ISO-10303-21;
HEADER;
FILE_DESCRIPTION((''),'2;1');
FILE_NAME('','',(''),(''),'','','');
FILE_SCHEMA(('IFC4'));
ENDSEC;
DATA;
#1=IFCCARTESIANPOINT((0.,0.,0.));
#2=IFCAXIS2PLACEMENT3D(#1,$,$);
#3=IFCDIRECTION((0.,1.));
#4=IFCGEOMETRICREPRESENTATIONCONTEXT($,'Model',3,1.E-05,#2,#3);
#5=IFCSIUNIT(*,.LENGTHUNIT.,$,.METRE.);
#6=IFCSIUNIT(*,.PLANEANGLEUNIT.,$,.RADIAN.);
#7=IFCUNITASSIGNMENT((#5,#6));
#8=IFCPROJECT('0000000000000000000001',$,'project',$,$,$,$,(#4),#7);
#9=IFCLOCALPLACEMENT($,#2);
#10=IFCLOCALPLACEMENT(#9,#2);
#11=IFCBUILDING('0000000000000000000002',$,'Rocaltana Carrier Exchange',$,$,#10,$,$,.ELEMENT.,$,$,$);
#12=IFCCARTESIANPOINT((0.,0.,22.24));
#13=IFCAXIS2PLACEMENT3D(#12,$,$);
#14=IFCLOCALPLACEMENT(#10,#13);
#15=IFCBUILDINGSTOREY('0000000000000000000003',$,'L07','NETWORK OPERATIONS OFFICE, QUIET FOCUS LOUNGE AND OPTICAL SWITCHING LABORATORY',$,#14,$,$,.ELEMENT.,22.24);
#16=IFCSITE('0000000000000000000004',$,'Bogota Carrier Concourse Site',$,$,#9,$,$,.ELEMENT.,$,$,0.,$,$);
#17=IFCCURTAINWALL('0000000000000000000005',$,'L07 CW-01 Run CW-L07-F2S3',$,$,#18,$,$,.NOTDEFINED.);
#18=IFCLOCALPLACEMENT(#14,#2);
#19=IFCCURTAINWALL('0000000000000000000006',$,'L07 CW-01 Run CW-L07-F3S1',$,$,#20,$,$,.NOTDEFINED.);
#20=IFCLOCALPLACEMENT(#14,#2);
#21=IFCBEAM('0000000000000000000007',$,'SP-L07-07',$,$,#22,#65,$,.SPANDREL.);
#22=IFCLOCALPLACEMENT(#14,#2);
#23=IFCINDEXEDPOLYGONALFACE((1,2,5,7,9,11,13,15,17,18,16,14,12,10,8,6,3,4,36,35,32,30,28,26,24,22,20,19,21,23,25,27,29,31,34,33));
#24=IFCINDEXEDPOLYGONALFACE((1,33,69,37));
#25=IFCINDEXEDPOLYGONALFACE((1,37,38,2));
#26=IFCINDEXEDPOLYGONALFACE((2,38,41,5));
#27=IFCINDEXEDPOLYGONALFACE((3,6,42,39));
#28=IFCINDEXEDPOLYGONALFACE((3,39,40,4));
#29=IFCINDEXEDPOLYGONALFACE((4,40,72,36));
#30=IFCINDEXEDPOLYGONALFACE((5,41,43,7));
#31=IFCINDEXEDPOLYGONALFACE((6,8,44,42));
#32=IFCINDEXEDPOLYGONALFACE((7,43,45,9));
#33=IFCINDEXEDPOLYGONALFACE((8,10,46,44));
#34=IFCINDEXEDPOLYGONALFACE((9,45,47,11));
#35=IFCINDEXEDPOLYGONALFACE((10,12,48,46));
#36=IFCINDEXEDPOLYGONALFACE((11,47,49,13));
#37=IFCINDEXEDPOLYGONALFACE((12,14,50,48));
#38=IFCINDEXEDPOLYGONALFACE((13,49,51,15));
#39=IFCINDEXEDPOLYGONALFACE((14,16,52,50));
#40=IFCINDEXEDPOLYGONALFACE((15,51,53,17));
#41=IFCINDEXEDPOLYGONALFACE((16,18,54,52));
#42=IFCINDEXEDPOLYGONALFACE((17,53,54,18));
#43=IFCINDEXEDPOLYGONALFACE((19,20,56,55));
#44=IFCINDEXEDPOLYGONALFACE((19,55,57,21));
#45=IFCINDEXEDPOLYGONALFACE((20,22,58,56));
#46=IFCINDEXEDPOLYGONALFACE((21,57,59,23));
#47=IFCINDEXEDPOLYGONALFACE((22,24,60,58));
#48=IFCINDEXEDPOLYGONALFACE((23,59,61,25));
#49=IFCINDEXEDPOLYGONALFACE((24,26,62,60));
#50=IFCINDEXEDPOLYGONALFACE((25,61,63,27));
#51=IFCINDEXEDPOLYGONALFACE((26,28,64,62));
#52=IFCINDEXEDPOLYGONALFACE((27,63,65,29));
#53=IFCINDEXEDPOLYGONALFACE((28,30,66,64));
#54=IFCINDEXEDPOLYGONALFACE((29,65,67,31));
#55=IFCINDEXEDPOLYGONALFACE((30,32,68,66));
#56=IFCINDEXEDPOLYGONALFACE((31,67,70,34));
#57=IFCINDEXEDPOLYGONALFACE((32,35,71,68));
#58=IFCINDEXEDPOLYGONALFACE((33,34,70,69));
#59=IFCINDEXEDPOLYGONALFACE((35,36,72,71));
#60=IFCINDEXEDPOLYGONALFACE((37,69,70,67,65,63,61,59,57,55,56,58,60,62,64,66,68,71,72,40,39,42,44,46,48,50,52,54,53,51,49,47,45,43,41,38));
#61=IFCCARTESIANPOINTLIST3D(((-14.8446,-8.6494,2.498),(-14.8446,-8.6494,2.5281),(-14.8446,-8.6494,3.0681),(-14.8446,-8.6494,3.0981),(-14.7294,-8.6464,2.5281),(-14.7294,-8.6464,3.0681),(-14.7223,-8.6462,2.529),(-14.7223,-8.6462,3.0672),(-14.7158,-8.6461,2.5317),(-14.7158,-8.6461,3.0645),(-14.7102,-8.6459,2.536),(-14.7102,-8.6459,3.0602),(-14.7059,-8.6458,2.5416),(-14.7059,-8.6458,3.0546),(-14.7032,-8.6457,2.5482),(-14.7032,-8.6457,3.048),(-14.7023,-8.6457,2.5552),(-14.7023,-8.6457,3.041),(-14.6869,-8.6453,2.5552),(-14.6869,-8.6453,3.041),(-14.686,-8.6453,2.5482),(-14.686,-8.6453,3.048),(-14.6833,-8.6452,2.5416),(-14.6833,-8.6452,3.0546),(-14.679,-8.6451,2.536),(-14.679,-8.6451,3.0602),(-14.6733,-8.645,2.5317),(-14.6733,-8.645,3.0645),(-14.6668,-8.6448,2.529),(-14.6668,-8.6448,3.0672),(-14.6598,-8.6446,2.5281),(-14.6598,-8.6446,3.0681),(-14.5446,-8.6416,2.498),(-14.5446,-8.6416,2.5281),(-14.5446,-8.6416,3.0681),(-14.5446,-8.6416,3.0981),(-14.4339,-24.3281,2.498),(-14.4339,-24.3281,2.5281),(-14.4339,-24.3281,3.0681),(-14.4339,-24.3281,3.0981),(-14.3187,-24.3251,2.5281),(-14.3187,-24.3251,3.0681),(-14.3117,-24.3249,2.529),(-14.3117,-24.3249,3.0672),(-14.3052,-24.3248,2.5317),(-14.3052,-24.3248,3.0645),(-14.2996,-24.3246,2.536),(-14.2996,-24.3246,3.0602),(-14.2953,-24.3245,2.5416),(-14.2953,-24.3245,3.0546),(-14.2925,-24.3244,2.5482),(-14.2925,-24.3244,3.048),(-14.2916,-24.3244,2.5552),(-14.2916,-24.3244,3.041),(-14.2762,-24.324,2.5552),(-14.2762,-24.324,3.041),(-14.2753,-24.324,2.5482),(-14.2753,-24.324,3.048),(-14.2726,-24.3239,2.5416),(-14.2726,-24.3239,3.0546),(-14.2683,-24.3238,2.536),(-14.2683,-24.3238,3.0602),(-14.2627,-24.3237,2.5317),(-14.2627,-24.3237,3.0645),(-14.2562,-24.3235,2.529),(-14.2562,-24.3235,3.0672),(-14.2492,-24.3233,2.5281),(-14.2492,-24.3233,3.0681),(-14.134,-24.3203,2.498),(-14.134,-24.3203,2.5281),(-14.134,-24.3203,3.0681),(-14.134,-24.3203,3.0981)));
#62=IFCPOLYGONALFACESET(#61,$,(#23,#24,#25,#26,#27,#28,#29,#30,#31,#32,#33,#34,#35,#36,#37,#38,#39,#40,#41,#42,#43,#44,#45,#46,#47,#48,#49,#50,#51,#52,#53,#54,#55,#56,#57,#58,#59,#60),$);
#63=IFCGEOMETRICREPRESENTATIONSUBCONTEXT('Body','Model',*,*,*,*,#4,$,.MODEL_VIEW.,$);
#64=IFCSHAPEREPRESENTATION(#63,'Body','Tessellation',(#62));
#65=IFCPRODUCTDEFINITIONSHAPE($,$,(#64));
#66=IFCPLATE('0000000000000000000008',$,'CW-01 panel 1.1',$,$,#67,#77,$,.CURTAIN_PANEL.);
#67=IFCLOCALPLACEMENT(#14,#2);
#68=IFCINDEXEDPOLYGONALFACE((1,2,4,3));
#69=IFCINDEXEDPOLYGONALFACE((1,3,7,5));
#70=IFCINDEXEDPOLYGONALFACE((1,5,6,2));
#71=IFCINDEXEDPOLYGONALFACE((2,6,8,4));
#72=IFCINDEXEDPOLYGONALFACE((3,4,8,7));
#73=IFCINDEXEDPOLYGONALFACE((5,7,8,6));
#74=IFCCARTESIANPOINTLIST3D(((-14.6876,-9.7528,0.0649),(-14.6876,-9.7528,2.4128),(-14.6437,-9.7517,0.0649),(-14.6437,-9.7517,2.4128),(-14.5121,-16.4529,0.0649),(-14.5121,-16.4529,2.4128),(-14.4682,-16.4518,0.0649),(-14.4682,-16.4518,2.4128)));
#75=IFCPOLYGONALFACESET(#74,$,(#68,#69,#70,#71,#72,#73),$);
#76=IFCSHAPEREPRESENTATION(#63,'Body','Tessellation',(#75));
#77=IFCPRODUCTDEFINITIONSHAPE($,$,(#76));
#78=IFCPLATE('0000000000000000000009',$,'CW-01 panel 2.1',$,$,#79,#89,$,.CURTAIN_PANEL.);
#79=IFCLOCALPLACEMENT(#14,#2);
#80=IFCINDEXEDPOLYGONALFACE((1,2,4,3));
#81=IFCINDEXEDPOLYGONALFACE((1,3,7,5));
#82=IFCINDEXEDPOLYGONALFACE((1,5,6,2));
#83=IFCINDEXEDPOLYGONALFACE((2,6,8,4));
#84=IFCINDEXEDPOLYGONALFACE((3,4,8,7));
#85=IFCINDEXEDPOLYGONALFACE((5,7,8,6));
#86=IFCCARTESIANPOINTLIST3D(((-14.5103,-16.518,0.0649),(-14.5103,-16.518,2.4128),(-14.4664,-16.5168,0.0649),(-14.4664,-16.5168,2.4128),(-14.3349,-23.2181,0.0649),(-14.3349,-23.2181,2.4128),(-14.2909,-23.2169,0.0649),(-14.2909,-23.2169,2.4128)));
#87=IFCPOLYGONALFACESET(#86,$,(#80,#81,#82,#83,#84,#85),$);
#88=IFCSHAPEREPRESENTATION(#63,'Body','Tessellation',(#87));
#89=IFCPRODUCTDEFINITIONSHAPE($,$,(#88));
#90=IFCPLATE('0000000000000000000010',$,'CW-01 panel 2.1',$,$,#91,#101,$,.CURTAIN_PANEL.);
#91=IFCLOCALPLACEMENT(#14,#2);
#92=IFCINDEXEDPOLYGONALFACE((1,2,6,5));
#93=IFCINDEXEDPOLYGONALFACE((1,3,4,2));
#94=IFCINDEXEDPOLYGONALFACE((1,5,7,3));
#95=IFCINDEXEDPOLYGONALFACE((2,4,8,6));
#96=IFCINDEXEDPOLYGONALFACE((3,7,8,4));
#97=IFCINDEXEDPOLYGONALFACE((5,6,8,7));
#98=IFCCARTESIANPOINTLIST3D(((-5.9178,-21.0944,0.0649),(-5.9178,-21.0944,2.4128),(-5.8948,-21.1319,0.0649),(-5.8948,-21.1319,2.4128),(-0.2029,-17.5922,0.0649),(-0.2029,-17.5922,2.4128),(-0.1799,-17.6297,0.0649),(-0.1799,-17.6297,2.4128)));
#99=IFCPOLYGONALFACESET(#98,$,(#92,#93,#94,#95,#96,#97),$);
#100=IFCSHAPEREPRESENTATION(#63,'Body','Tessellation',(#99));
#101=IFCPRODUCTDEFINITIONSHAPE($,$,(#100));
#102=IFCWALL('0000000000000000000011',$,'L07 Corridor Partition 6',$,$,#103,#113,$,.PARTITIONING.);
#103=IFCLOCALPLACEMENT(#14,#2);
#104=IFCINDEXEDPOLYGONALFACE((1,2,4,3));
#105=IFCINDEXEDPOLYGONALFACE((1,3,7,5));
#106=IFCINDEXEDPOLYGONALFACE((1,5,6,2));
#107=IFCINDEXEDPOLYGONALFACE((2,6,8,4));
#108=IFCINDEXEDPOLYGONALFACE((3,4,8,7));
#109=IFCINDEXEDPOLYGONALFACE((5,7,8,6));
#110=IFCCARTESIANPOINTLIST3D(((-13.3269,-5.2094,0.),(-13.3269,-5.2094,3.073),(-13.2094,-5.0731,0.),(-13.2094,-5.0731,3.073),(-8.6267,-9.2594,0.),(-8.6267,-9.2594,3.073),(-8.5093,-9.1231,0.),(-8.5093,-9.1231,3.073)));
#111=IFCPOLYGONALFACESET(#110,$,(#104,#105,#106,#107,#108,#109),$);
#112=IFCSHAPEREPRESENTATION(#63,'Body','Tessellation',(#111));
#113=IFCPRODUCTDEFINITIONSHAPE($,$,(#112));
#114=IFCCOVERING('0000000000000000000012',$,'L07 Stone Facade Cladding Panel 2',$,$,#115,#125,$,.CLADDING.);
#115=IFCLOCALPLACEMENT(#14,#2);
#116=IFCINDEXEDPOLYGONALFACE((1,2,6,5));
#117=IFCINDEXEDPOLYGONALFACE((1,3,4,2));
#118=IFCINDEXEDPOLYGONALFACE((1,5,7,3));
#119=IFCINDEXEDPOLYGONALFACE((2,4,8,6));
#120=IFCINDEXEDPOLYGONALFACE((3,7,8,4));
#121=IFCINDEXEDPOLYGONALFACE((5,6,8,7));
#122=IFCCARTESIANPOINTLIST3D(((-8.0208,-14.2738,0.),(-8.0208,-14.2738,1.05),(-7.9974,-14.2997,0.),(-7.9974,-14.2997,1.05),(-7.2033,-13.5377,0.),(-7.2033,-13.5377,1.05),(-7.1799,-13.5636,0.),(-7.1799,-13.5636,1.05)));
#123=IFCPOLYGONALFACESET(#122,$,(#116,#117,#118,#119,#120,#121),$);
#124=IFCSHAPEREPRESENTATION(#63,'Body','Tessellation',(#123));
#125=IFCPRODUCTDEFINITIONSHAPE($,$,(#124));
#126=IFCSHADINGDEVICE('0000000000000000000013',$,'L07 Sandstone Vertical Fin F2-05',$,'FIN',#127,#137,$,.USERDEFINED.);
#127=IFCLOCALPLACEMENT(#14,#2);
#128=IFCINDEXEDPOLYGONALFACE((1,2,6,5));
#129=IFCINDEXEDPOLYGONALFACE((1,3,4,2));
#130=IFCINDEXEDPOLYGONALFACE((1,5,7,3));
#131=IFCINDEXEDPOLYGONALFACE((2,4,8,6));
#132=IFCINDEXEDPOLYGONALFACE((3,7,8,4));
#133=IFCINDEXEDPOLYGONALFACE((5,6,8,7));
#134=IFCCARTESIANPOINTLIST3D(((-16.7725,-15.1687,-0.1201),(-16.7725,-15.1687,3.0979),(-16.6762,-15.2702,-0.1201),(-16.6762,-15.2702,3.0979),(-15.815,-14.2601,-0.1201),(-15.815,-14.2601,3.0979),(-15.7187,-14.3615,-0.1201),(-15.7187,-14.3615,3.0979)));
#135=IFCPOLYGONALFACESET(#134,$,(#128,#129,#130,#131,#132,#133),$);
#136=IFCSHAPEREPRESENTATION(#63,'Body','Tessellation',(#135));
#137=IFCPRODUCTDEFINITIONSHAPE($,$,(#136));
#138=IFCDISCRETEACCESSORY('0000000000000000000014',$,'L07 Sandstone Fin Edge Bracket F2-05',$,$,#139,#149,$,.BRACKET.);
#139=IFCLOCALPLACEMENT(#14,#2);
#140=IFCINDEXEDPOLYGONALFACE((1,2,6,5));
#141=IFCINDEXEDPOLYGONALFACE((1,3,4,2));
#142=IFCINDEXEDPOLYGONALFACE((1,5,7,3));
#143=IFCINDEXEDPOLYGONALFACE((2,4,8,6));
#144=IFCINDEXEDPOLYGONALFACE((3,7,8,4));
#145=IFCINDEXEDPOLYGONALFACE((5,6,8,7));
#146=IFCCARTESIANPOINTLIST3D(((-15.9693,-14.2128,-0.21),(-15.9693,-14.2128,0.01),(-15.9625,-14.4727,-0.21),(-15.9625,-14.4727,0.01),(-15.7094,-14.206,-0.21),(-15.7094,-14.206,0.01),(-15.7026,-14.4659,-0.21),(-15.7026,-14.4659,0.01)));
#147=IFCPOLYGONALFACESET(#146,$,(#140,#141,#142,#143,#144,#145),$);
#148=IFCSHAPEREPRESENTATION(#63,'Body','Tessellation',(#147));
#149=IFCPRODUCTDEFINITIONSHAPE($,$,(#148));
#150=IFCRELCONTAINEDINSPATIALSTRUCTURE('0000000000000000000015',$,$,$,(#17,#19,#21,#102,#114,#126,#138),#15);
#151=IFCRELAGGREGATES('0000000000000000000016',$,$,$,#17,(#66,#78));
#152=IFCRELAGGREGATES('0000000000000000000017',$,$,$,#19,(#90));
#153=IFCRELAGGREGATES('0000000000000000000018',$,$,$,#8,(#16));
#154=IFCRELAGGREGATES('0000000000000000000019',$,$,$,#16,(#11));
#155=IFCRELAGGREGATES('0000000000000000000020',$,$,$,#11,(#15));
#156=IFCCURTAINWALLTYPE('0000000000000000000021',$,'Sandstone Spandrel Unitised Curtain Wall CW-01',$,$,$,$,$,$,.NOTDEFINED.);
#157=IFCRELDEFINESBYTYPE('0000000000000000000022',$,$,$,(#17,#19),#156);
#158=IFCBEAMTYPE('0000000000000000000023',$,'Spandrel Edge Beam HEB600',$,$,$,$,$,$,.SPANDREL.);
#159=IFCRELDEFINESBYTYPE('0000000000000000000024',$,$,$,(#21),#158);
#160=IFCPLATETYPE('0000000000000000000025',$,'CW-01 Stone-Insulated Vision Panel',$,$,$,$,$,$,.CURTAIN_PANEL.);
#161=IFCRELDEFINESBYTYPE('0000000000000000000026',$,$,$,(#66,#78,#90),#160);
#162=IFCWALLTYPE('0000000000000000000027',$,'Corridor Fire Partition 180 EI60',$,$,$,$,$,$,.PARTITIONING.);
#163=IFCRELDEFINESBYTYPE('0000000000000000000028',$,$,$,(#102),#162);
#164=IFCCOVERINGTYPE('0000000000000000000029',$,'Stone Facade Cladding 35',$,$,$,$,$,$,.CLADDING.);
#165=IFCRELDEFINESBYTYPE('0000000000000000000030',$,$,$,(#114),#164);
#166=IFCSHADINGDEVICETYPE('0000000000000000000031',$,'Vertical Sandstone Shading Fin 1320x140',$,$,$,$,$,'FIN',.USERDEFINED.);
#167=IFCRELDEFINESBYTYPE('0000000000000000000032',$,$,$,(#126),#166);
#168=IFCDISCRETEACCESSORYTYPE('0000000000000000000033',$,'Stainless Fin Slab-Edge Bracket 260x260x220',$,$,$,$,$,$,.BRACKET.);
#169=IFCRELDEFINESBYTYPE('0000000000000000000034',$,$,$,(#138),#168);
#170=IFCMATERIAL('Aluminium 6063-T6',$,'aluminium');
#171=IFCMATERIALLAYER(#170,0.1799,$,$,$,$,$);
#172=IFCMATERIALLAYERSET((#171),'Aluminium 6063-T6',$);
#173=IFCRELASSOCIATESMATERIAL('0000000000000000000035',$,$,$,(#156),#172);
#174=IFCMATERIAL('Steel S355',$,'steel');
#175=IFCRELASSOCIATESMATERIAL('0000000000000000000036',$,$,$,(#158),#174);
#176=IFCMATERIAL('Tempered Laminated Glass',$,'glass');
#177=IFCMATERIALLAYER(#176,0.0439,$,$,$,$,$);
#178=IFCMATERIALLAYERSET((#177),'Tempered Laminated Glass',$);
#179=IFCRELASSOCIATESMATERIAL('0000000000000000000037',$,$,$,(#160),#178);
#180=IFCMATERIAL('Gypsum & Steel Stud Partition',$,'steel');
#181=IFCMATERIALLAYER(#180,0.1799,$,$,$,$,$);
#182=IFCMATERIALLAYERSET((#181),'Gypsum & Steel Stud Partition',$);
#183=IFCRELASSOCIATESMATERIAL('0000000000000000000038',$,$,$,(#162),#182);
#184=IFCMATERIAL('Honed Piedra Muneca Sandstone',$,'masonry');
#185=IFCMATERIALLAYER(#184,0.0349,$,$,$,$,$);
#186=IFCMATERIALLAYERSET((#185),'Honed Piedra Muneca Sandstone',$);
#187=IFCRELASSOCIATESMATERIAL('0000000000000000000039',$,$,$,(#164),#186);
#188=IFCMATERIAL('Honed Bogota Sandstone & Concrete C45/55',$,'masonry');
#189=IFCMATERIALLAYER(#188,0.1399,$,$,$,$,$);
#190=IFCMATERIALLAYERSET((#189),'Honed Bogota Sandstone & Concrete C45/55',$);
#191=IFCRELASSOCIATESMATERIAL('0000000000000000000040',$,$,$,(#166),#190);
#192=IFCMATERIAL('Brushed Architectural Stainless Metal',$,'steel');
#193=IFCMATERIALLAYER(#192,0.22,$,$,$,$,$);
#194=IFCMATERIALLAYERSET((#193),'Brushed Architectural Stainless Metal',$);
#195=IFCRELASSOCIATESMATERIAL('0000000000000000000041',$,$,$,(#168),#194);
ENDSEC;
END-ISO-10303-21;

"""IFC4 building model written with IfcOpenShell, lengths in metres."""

from ifc_helpers import new_model, si_unit, direction, frame, frame_2d, origin, origin_2d, place, context, subcontext, project, spatial, rectangle, i_section, extrude, material, layer, layer_set, material_profile, profile_set, type_object, element, aggregate, save


model = new_model("IFC4")

# Units and contexts
model_context = context("Model", 3, precision=1e-05, world=origin(), true_north=direction((0.0, 1.0)))
body_context = subcontext(model_context, "Body", "Model", "MODEL_VIEW")
ifc_project = project(units=[si_unit("LENGTHUNIT", "METRE"), si_unit("PLANEANGLEUNIT", "RADIAN")], contexts=[model_context])

# Site, building, storey
site_placement = place(None, origin())
site = spatial("IfcSite", under=ifc_project, at=site_placement, Name="Bogota Carrier Concourse Site", CompositionType="ELEMENT", RefElevation=0.0)
building_placement = place(site_placement, origin())
building = spatial("IfcBuilding", under=site, at=building_placement, Name="Rocaltana Carrier Exchange", CompositionType="ELEMENT")
storey_placement = place(building_placement, frame((0.0, 0.0, 22.24)))
storey = spatial("IfcBuildingStorey", under=building, at=storey_placement, Name="L07", Description="NETWORK OPERATIONS OFFICE, QUIET FOCUS LOUNGE AND OPTICAL SWITCHING LABORATORY", CompositionType="ELEMENT", Elevation=22.24)

# Curtain wall
ifc_material_1 = material(Name="Aluminium 6063-T6", Category="aluminium")
ifc_layer_1 = layer(ifc_material_1, 0.1799)
ifc_layer_set_1 = layer_set([ifc_layer_1], Name="Aluminium 6063-T6")
curtain_wall_type = type_object("IfcCurtainWallType", Name="Sandstone Spandrel Unitised Curtain Wall CW-01", PredefinedType="NOTDEFINED", material=ifc_layer_set_1)
curtain_wall_1_placement = place(storey_placement, origin())
curtain_wall_1 = element("IfcCurtainWall", 1, at=curtain_wall_1_placement, inside=storey, type_object=curtain_wall_type, Name="L07 CW-01 Run CW-L07-F2S3", PredefinedType="NOTDEFINED")

# Curtain wall
curtain_wall_2_placement = place(storey_placement, origin())
curtain_wall_2 = element("IfcCurtainWall", 2, at=curtain_wall_2_placement, inside=storey, type_object=curtain_wall_type, Name="L07 CW-01 Run CW-L07-F3S1", PredefinedType="NOTDEFINED")

# Beam
ifc_material_2 = material(Name="Steel S355", Category="steel")
ifc_material_profile_1 = material_profile(ifc_material_2, i_section(OverallWidth=0.3, OverallDepth=0.6001, WebThickness=0.0154, FlangeThickness=0.03, FilletRadius=0.0271, at=origin_2d()), Name="HEB600")
ifc_profile_set_1 = profile_set([ifc_material_profile_1], Name="Steel S355")
beam_type_1 = type_object("IfcBeamType", Name="Spandrel Edge Beam HEB600", PredefinedType="SPANDREL", material=ifc_profile_set_1)
beam_1_placement = place(storey_placement, frame((-14.6946, -8.6455, 2.7981), z_axis=(0.026182, -0.999657, 0.0), x_axis=(0.999657, 0.026182, 0.0)))
element("IfcBeam", 3, at=beam_1_placement, inside=storey, type_object=beam_type_1, Name="SP-L07-07", PredefinedType="SPANDREL", context=body_context, shape_type="SweptSolid", body=[
    extrude(i_section(OverallWidth=0.3, OverallDepth=0.6001, WebThickness=0.0154, FlangeThickness=0.03, FilletRadius=0.0271, at=origin_2d()), origin(), (0.0, 0.0, 1.0), 15.6841),
])

# Plates
ifc_material_3 = material(Name="Tempered Laminated Glass", Category="glass")
ifc_layer_2 = layer(ifc_material_3, 0.0439)
ifc_layer_set_2 = layer_set([ifc_layer_2], Name="Tempered Laminated Glass")
plate_type = type_object("IfcPlateType", Name="CW-01 Stone-Insulated Vision Panel", PredefinedType="CURTAIN_PANEL", material=ifc_layer_set_2)
plate_1_placement = place(storey_placement, frame((-14.5779, -13.1023, 0.0649), z_axis=(0.0, 0.0, 1.0), x_axis=(0.026184, -0.999657, 0.0)))
plate_1 = element("IfcPlate", 4, at=plate_1_placement, type_object=plate_type, Name="CW-01 panel 1.1", PredefinedType="CURTAIN_PANEL", context=body_context, shape_type="SweptSolid", body=[
    extrude(rectangle(XDim=6.7024, YDim=0.0439, at=origin_2d()), origin(), (0.0, 0.0, 1.0), 2.3479),
])
plate_2_placement = place(storey_placement, frame((-14.4006, -19.8674, 0.0649), z_axis=(0.0, 0.0, 1.0), x_axis=(0.026184, -0.999657, 0.0)))
plate_2 = element("IfcPlate", 5, at=plate_2_placement, type_object=plate_type, Name="CW-01 panel 2.1", PredefinedType="CURTAIN_PANEL", context=body_context, shape_type="SweptSolid", body=[
    extrude(rectangle(XDim=6.7024, YDim=0.0439, at=origin_2d()), origin(), (0.0, 0.0, 1.0), 2.3479),
])
aggregate(curtain_wall_1, [plate_1, plate_2])
plate_3_placement = place(storey_placement, frame((-3.0488, -19.3621, 0.0649), z_axis=(0.0, 0.0, 1.0), x_axis=(0.852636, 0.522505, 0.0)))
plate_3 = element("IfcPlate", 6, at=plate_3_placement, type_object=plate_type, Name="CW-01 panel 2.1", PredefinedType="CURTAIN_PANEL", context=body_context, shape_type="SweptSolid", body=[
    extrude(rectangle(XDim=6.7026, YDim=0.0439, at=origin_2d()), origin(), (0.0, 0.0, 1.0), 2.3479),
])
aggregate(curtain_wall_2, [plate_3])

# Wall
ifc_material_4 = material(Name="Gypsum & Steel Stud Partition", Category="steel")
ifc_layer_3 = layer(ifc_material_4, 0.1799)
ifc_layer_set_3 = layer_set([ifc_layer_3], Name="Gypsum & Steel Stud Partition")
wall_type = type_object("IfcWallType", Name="Corridor Fire Partition 180 EI60", PredefinedType="PARTITIONING", material=ifc_layer_set_3)
wall_placement = place(storey_placement, frame((-8.5681, -9.1912, 0.0), z_axis=(0.0, 0.0, 1.0), x_axis=(-0.757557, 0.652769, 0.0)))
element("IfcWall", 7, at=wall_placement, inside=storey, type_object=wall_type, Name="L07 Corridor Partition 6", PredefinedType="PARTITIONING", context=body_context, shape_type="SweptSolid", body=[
    extrude(rectangle(XDim=6.2043, YDim=0.1799, at=frame_2d((3.1021, 0.0))), origin(), (0.0, 0.0, 1.0), 3.073),
])

# Covering
ifc_material_5 = material(Name="Honed Piedra Muneca Sandstone", Category="masonry")
ifc_layer_4 = layer(ifc_material_5, 0.0349)
ifc_layer_set_4 = layer_set([ifc_layer_4], Name="Honed Piedra Muneca Sandstone")
covering_type = type_object("IfcCoveringType", Name="Stone Facade Cladding 35", PredefinedType="CLADDING", material=ifc_layer_set_4)
covering_placement = place(storey_placement, frame((-7.6003, -13.9187, 0.0), z_axis=(0.0, 0.0, 1.0), x_axis=(0.743145, 0.669131, 0.0)))
element("IfcCovering", 8, at=covering_placement, inside=storey, type_object=covering_type, Name="L07 Stone Facade Cladding Panel 2", PredefinedType="CLADDING", context=body_context, shape_type="SweptSolid", body=[
    extrude(rectangle(XDim=1.1001, YDim=0.0349, at=origin_2d()), origin(), (0.0, 0.0, 1.0), 1.05),
])

# Shading device
ifc_material_6 = material(Name="Honed Bogota Sandstone & Concrete C45/55", Category="masonry")
ifc_layer_5 = layer(ifc_material_6, 0.1399)
ifc_layer_set_5 = layer_set([ifc_layer_5], Name="Honed Bogota Sandstone & Concrete C45/55")
shading_device_type = type_object("IfcShadingDeviceType", Name="Vertical Sandstone Shading Fin 1320x140", ElementType="FIN", PredefinedType="USERDEFINED", material=ifc_layer_set_5)
shading_device_placement = place(storey_placement, frame((-16.2456, -14.7651, -0.1201), z_axis=(0.0, 0.0, 1.0), x_axis=(-0.725374, -0.688355, 0.0)))
element("IfcShadingDevice", 9, at=shading_device_placement, inside=storey, type_object=shading_device_type, Name="L07 Sandstone Vertical Fin F2-05", ObjectType="FIN", PredefinedType="USERDEFINED", context=body_context, shape_type="SweptSolid", body=[
    extrude(rectangle(XDim=1.3201, YDim=0.1399, at=origin_2d()), origin(), (0.0, 0.0, 1.0), 3.218),
])

# Discrete accessory
ifc_material_7 = material(Name="Brushed Architectural Stainless Metal", Category="steel")
ifc_layer_6 = layer(ifc_material_7, 0.22)
ifc_layer_set_6 = layer_set([ifc_layer_6], Name="Brushed Architectural Stainless Metal")
discrete_accessory_type = type_object("IfcDiscreteAccessoryType", Name="Stainless Fin Slab-Edge Bracket 260x260x220", PredefinedType="BRACKET", material=ifc_layer_set_6)
discrete_accessory_placement = place(storey_placement, frame((-15.8359, -14.3394, -0.21), z_axis=(0.0, 0.0, 1.0), x_axis=(0.026177, -0.999657, 0.0)))
element("IfcDiscreteAccessory", 10, at=discrete_accessory_placement, inside=storey, type_object=discrete_accessory_type, Name="L07 Sandstone Fin Edge Bracket F2-05", PredefinedType="BRACKET", context=body_context, shape_type="SweptSolid", body=[
    extrude(rectangle(XDim=0.26, YDim=0.26, at=origin_2d()), origin(), (0.0, 0.0, 1.0), 0.22),
])

save(model, "model.ifc")
